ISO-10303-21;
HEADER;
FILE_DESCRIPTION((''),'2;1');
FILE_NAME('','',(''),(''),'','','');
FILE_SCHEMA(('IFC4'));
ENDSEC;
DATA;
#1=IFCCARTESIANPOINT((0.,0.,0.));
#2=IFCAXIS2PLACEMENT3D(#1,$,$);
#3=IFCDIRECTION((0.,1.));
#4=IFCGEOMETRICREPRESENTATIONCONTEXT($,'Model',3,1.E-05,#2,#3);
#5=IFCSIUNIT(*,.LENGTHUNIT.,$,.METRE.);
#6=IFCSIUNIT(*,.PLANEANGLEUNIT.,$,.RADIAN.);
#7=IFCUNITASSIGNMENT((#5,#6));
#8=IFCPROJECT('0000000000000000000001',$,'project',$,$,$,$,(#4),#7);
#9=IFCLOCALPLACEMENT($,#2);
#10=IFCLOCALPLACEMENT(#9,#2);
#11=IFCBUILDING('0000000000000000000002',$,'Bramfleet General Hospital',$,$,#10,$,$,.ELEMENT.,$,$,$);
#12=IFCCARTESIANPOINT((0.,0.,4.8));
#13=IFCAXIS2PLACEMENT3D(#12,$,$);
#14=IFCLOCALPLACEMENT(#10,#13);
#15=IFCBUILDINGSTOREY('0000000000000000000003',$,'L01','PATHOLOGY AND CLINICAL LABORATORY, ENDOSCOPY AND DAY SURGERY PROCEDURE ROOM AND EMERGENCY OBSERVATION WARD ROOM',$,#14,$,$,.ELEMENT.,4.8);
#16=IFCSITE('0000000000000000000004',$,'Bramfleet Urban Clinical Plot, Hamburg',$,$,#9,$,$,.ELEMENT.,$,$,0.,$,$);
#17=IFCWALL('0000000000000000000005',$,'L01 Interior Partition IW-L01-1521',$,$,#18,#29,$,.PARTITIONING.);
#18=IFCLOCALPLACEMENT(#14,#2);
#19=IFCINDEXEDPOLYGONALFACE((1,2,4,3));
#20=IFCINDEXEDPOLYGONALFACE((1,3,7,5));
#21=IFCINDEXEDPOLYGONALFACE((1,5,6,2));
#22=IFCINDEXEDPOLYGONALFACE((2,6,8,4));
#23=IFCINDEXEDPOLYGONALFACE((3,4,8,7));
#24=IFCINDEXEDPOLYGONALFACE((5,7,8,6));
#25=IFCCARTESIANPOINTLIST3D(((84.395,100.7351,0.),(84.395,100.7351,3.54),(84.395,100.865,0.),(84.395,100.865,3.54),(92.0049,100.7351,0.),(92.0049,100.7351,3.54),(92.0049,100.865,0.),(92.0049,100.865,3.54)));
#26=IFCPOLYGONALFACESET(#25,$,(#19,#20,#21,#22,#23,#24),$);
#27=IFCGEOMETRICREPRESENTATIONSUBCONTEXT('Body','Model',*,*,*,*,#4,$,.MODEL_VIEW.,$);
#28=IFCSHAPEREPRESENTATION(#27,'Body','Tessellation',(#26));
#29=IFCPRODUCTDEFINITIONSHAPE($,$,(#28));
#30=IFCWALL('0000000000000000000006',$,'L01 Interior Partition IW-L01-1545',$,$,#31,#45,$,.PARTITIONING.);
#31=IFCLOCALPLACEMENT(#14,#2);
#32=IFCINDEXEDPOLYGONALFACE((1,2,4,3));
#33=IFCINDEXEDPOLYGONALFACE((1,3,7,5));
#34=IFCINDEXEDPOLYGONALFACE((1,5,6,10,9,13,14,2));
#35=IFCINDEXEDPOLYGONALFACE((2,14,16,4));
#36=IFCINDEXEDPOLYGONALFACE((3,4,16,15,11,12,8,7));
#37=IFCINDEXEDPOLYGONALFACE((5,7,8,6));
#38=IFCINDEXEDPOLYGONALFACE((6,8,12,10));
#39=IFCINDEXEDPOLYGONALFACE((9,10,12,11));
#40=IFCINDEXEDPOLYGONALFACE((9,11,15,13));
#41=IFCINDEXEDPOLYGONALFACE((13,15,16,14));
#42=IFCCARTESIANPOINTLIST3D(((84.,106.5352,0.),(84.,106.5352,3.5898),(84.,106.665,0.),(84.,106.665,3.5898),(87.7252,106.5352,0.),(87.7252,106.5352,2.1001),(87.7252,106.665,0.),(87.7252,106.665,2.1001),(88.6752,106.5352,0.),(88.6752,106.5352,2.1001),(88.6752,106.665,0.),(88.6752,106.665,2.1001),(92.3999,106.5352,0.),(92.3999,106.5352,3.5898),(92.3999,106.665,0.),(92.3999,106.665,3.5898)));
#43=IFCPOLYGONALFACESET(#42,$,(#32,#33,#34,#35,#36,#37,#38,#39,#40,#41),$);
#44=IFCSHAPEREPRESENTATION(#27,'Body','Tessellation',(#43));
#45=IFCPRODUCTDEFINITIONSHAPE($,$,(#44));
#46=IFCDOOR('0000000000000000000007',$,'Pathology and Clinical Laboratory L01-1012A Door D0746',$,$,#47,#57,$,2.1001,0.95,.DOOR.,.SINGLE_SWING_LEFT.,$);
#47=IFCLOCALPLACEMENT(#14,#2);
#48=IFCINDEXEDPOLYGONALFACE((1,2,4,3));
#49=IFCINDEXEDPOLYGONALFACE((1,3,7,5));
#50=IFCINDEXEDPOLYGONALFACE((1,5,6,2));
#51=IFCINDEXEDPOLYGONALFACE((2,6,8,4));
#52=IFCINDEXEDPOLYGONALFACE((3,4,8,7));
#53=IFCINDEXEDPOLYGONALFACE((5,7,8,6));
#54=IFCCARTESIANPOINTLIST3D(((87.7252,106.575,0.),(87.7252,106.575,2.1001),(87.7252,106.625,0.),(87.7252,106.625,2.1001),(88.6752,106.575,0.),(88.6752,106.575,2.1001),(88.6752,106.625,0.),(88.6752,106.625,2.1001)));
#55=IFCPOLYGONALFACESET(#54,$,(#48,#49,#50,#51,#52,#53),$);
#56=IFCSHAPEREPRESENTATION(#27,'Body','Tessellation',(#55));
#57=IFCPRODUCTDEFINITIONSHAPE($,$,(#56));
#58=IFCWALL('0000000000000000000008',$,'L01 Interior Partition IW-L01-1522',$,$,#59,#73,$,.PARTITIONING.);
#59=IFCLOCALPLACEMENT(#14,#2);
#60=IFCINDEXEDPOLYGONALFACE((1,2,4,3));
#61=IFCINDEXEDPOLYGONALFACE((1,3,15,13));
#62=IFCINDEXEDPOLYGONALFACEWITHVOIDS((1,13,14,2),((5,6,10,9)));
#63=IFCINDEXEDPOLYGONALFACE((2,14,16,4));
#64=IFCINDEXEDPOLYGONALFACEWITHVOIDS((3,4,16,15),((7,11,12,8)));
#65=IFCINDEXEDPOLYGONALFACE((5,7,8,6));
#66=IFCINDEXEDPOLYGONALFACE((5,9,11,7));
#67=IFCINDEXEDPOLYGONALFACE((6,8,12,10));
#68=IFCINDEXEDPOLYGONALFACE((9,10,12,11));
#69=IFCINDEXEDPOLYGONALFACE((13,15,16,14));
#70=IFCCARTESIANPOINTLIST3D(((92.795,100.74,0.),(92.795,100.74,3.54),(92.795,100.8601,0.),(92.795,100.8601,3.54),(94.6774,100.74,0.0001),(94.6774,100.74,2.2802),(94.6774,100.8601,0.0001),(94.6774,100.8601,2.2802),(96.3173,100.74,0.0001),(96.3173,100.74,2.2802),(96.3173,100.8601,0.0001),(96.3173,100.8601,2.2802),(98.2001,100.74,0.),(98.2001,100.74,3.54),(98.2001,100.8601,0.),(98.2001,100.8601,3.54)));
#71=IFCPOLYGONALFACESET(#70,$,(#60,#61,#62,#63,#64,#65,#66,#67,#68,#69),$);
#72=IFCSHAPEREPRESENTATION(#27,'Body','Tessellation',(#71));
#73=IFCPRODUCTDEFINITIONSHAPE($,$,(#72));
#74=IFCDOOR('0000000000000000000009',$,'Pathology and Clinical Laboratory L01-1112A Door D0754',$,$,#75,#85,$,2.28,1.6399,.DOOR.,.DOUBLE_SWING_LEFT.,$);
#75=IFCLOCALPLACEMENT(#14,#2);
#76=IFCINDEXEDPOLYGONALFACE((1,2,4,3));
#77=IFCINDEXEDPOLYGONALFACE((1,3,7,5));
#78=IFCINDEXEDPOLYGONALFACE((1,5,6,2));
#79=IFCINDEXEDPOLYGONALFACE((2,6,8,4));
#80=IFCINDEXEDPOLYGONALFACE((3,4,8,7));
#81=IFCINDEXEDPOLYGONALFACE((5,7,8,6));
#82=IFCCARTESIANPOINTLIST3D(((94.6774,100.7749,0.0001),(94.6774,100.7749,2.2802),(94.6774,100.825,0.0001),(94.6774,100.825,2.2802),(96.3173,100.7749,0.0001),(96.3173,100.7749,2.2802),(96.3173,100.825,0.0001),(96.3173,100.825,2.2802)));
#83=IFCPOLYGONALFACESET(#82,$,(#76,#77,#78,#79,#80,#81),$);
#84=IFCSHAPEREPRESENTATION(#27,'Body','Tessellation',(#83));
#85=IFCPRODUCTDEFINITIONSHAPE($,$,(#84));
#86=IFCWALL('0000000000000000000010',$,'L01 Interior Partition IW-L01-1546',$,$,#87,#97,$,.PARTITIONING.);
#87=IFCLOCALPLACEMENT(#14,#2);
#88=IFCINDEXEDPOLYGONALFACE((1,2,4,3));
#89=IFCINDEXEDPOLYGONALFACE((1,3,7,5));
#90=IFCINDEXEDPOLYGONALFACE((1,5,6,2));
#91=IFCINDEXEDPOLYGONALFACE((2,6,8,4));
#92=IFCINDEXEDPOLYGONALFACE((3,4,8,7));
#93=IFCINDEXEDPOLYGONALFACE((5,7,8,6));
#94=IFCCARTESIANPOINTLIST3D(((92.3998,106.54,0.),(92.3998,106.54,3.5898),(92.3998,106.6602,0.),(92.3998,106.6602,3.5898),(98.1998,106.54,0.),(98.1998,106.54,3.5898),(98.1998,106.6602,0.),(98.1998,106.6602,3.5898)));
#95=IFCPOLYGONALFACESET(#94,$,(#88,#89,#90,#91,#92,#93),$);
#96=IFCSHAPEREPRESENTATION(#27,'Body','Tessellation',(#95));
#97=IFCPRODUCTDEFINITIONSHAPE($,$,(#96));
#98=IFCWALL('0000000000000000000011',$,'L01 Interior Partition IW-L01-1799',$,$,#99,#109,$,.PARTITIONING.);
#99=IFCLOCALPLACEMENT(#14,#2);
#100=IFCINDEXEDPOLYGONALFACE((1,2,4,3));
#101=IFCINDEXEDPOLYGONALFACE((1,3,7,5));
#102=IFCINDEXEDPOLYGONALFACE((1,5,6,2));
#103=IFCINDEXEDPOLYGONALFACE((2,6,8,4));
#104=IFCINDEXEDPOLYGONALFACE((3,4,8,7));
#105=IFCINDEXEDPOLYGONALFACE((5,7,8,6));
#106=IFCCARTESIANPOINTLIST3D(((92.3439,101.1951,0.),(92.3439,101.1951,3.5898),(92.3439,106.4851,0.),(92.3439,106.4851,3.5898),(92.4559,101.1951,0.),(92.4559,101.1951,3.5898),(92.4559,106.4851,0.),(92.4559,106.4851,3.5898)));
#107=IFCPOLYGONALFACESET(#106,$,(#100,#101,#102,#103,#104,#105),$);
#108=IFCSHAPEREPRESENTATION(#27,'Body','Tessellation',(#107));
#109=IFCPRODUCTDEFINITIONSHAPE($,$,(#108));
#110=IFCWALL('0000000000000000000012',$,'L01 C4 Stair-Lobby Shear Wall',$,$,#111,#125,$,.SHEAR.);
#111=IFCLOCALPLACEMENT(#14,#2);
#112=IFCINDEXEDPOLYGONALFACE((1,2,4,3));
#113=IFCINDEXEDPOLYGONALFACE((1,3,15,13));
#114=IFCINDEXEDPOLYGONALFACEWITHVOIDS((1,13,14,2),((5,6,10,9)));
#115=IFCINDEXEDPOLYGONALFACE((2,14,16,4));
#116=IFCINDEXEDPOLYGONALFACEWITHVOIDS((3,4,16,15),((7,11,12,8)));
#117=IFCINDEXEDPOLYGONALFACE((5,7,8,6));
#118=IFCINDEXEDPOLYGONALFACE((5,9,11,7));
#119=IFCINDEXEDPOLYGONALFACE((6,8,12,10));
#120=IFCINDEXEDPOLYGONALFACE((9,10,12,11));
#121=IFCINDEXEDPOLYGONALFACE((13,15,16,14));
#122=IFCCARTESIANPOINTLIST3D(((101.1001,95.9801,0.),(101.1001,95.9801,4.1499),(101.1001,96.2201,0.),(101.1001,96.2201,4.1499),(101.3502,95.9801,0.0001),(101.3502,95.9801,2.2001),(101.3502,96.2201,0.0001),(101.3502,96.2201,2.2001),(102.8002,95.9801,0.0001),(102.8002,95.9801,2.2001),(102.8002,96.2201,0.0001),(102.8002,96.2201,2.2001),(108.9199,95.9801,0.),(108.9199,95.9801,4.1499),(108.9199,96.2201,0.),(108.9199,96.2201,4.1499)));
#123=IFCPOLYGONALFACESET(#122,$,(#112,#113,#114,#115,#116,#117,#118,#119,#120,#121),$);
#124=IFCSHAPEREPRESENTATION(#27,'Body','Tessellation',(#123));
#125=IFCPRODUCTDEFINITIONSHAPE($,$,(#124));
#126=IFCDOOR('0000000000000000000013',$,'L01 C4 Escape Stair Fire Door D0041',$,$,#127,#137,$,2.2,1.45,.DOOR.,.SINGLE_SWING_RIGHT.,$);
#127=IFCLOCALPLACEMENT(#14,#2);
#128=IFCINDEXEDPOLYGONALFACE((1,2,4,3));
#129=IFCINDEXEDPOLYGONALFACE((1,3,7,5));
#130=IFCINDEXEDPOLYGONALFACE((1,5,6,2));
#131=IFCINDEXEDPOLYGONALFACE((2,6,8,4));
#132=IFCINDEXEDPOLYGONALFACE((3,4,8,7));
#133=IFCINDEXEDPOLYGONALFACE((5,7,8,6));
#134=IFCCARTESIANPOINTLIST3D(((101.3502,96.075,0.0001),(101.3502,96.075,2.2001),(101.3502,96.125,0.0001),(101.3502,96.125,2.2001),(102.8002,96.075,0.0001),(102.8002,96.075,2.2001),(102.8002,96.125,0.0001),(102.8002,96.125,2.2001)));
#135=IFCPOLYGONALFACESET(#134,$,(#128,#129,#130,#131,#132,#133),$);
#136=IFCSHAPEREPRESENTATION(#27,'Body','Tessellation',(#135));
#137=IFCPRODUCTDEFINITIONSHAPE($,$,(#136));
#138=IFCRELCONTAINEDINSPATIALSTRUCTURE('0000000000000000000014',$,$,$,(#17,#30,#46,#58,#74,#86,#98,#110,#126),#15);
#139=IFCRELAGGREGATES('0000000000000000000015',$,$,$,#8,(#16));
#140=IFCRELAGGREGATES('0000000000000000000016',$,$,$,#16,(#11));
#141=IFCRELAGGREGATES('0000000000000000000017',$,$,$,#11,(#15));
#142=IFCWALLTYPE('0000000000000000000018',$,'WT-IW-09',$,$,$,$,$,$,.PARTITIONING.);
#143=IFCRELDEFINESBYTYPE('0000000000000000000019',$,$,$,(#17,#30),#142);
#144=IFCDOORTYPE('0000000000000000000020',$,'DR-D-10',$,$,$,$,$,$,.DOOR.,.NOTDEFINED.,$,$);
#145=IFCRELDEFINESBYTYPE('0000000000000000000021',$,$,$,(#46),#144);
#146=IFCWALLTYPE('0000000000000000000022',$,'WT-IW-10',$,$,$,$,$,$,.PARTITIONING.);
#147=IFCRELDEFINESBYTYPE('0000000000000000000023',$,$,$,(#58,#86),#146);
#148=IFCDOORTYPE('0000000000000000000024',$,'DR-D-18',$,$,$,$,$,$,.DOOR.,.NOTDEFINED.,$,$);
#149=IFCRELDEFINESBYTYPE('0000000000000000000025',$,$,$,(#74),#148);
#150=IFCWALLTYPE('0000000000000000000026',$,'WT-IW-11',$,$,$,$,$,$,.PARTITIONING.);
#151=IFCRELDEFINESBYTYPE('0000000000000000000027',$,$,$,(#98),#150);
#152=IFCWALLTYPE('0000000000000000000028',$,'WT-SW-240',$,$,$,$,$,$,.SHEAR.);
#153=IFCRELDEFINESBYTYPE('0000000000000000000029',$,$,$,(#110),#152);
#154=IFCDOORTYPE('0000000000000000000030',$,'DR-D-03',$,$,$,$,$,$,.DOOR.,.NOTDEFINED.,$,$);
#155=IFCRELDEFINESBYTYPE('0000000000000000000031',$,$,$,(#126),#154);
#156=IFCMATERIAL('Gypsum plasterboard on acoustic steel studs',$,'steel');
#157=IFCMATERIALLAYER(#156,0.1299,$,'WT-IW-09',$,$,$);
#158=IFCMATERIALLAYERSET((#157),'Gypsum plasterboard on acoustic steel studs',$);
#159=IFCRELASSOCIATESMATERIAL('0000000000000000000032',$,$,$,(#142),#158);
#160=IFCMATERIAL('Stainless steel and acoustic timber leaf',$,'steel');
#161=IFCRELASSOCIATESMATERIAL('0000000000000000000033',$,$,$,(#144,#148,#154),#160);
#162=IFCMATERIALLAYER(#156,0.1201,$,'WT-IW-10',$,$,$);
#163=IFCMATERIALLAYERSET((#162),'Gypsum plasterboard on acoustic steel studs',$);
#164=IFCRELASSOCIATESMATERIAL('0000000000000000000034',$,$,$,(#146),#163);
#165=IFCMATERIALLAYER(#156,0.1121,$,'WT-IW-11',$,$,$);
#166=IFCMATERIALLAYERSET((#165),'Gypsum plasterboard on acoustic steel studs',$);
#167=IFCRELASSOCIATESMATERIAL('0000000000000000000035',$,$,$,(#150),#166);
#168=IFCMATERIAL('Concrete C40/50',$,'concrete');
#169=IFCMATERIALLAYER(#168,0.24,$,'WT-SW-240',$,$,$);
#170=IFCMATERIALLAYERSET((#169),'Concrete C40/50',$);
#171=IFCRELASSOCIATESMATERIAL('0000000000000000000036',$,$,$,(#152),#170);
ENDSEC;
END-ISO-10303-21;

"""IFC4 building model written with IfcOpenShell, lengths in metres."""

from ifc_helpers import new_model, si_unit, direction, frame, frame_2d, origin, place, context, subcontext, project, spatial, rectangle, extrude, material, layer, layer_set, type_object, element, fill, save


model = new_model("IFC4")

# Units and contexts
model_context = context("Model", 3, precision=1e-05, world=origin(), true_north=direction((0.0, 1.0)))
body_context = subcontext(model_context, "Body", "Model", "MODEL_VIEW")
ifc_project = project(units=[si_unit("LENGTHUNIT", "METRE"), si_unit("PLANEANGLEUNIT", "RADIAN")], contexts=[model_context])

# Site, building, storey
site_placement = place(None, origin())
site = spatial("IfcSite", under=ifc_project, at=site_placement, Name="Bramfleet Urban Clinical Plot, Hamburg", CompositionType="ELEMENT", RefElevation=0.0)
building_placement = place(site_placement, origin())
building = spatial("IfcBuilding", under=site, at=building_placement, Name="Bramfleet General Hospital", CompositionType="ELEMENT")
storey_placement = place(building_placement, frame((0.0, 0.0, 4.8)))
storey = spatial("IfcBuildingStorey", under=building, at=storey_placement, Name="L01", Description="PATHOLOGY AND CLINICAL LABORATORY, ENDOSCOPY AND DAY SURGERY PROCEDURE ROOM AND EMERGENCY OBSERVATION WARD ROOM", CompositionType="ELEMENT", Elevation=4.8)

# Shared definitions
ifc_material_1 = material(Name="Concrete C40/50", Category="concrete")

# Shared definitions
ifc_material_2 = material(Name="Stainless steel and acoustic timber leaf", Category="steel")

# Wall
ifc_material_3 = material(Name="Gypsum plasterboard on acoustic steel studs", Category="steel")
ifc_layer_1 = layer(ifc_material_3, 0.1299, Name="WT-IW-09")
ifc_layer_set_1 = layer_set([ifc_layer_1], Name="Gypsum plasterboard on acoustic steel studs")
wall_type_1 = type_object("IfcWallType", Name="WT-IW-09", PredefinedType="PARTITIONING", material=ifc_layer_set_1)
wall_1_placement = place(storey_placement, frame((84.395, 100.8, 0.0), z_axis=(0.0, 0.0, 1.0), x_axis=(1.0, 0.0, 0.0)))
element("IfcWall", 1, at=wall_1_placement, inside=storey, type_object=wall_type_1, Name="L01 Interior Partition IW-L01-1521", PredefinedType="PARTITIONING", context=body_context, shape_type="SweptSolid", body=[
    extrude(rectangle(XDim=7.6099, YDim=0.1299, at=frame_2d((3.8049, 0.0))), origin(), (0.0, 0.0, 1.0), 3.54),
])

# Walls, openings, doors
wall_2_placement = place(storey_placement, frame((84.0, 106.6001, 0.0), z_axis=(0.0, 0.0, 1.0), x_axis=(1.0, 0.0, 0.0)))
wall_2 = element("IfcWall", 2, at=wall_2_placement, inside=storey, type_object=wall_type_1, Name="L01 Interior Partition IW-L01-1545", PredefinedType="PARTITIONING", context=body_context, shape_type="SweptSolid", body=[
    extrude(rectangle(XDim=8.3999, YDim=0.1299, at=frame_2d((4.2, 0.0))), origin(), (0.0, 0.0, 1.0), 3.5898),
])
opening_1_placement = place(wall_2_placement, frame((3.7251, 0.0, 0.0)))
opening_1 = element("IfcOpeningElement", 3, at=opening_1_placement, cuts=wall_2, PredefinedType="OPENING", context=body_context, shape_type="SweptSolid", body=[
    extrude(rectangle(XDim=0.95, YDim=2.1001, at=frame_2d((0.4751, 1.05))), frame((0.0, 0.075, 0.0), z_axis=(0.0, -1.0, 0.0), x_axis=(1.0, 0.0, 0.0)), (0.0, 0.0, 1.0), 0.1499),
])
door_type_1 = type_object("IfcDoorType", Name="DR-D-10", OperationType="NOTDEFINED", PredefinedType="DOOR", material=ifc_material_2)
door_1_placement = place(opening_1_placement, origin())
door_1 = element("IfcDoor", 4, at=door_1_placement, inside=storey, type_object=door_type_1, Name="Pathology and Clinical Laboratory L01-1012A Door D0746", OperationType="SINGLE_SWING_LEFT", OverallHeight=2.1001, OverallWidth=0.95, PredefinedType="DOOR", context=body_context, shape_type="SweptSolid", body=[
    extrude(rectangle(XDim=0.95, YDim=2.1001, at=frame_2d((0.4751, 1.05))), frame((0.0, 0.0249, 0.0), z_axis=(0.0, -1.0, 0.0), x_axis=(1.0, 0.0, 0.0)), (0.0, 0.0, 1.0), 0.05),
])
fill(opening_1, door_1)
ifc_layer_2 = layer(ifc_material_3, 0.1201, Name="WT-IW-10")
ifc_layer_set_2 = layer_set([ifc_layer_2], Name="Gypsum plasterboard on acoustic steel studs")
wall_type_2 = type_object("IfcWallType", Name="WT-IW-10", PredefinedType="PARTITIONING", material=ifc_layer_set_2)
wall_3_placement = place(storey_placement, frame((92.7949, 100.8, 0.0), z_axis=(0.0, 0.0, 1.0), x_axis=(1.0, 0.0, 0.0)))
wall_3 = element("IfcWall", 5, at=wall_3_placement, inside=storey, type_object=wall_type_2, Name="L01 Interior Partition IW-L01-1522", PredefinedType="PARTITIONING", context=body_context, shape_type="SweptSolid", body=[
    extrude(rectangle(XDim=5.405, YDim=0.1201, at=frame_2d((2.7026, 0.0))), origin(), (0.0, 0.0, 1.0), 3.54),
])
opening_2_placement = place(wall_3_placement, frame((1.8826, 0.0, 0.0)))
opening_2 = element("IfcOpeningElement", 6, at=opening_2_placement, cuts=wall_3, PredefinedType="OPENING", context=body_context, shape_type="SweptSolid", body=[
    extrude(rectangle(XDim=1.6399, YDim=2.28, at=frame_2d((0.8198, 1.1401))), frame((0.0, 0.0701, 0.0), z_axis=(0.0, -1.0, 0.0), x_axis=(1.0, 0.0, 0.0)), (0.0, 0.0, 1.0), 0.1401),
])
door_type_2 = type_object("IfcDoorType", Name="DR-D-18", OperationType="NOTDEFINED", PredefinedType="DOOR", material=ifc_material_2)
door_2_placement = place(opening_2_placement, origin())
door_2 = element("IfcDoor", 7, at=door_2_placement, inside=storey, type_object=door_type_2, Name="Pathology and Clinical Laboratory L01-1112A Door D0754", OperationType="DOUBLE_SWING_LEFT", OverallHeight=2.28, OverallWidth=1.6399, PredefinedType="DOOR", context=body_context, shape_type="SweptSolid", body=[
    extrude(rectangle(XDim=1.6399, YDim=2.28, at=frame_2d((0.8198, 1.1401))), frame((0.0, 0.0249, 0.0), z_axis=(0.0, -1.0, 0.0), x_axis=(1.0, 0.0, 0.0)), (0.0, 0.0, 1.0), 0.05),
])
fill(opening_2, door_2)

# Walls
wall_4_placement = place(storey_placement, frame((92.3999, 106.6001, 0.0), z_axis=(0.0, 0.0, 1.0), x_axis=(1.0, 0.0, 0.0)))
element("IfcWall", 8, at=wall_4_placement, inside=storey, type_object=wall_type_2, Name="L01 Interior Partition IW-L01-1546", PredefinedType="PARTITIONING", context=body_context, shape_type="SweptSolid", body=[
    extrude(rectangle(XDim=5.8, YDim=0.1201, at=frame_2d((2.8999, 0.0))), origin(), (0.0, 0.0, 1.0), 3.5898),
])
ifc_layer_3 = layer(ifc_material_3, 0.1121, Name="WT-IW-11")
ifc_layer_set_3 = layer_set([ifc_layer_3], Name="Gypsum plasterboard on acoustic steel studs")
wall_type_3 = type_object("IfcWallType", Name="WT-IW-11", PredefinedType="PARTITIONING", material=ifc_layer_set_3)
wall_5_placement = place(storey_placement, frame((92.3999, 101.1951, 0.0), z_axis=(0.0, 0.0, 1.0), x_axis=(0.0, 1.0, 0.0)))
element("IfcWall", 9, at=wall_5_placement, inside=storey, type_object=wall_type_3, Name="L01 Interior Partition IW-L01-1799", PredefinedType="PARTITIONING", context=body_context, shape_type="SweptSolid", body=[
    extrude(rectangle(XDim=5.29, YDim=0.1121, at=frame_2d((2.645, 0.0))), origin(), (0.0, 0.0, 1.0), 3.5898),
])

# Wall, opening, door
ifc_layer_4 = layer(ifc_material_1, 0.24, Name="WT-SW-240")
ifc_layer_set_4 = layer_set([ifc_layer_4], Name="Concrete C40/50")
wall_type_4 = type_object("IfcWallType", Name="WT-SW-240", PredefinedType="SHEAR", material=ifc_layer_set_4)
wall_6_placement = place(storey_placement, frame((101.1001, 96.1001, 0.0), z_axis=(0.0, 0.0, 1.0), x_axis=(1.0, 0.0, 0.0)))
wall_6 = element("IfcWall", 10, at=wall_6_placement, inside=storey, type_object=wall_type_4, Name="L01 C4 Stair-Lobby Shear Wall", PredefinedType="SHEAR", context=body_context, shape_type="SweptSolid", body=[
    extrude(rectangle(XDim=7.8198, YDim=0.24, at=frame_2d((3.9099, 0.0))), origin(), (0.0, 0.0, 1.0), 4.1499),
])
opening_3_placement = place(wall_6_placement, frame((0.25, 0.0, 0.0)))
opening_3 = element("IfcOpeningElement", 11, at=opening_3_placement, cuts=wall_6, PredefinedType="OPENING", context=body_context, shape_type="SweptSolid", body=[
    extrude(rectangle(XDim=1.45, YDim=2.2, at=frame_2d((0.7251, 1.1001))), frame((0.0, 0.1299, 0.0), z_axis=(0.0, -1.0, 0.0), x_axis=(1.0, 0.0, 0.0)), (0.0, 0.0, 1.0), 0.26),
])
door_type_3 = type_object("IfcDoorType", Name="DR-D-03", OperationType="NOTDEFINED", PredefinedType="DOOR", material=ifc_material_2)
door_3_placement = place(opening_3_placement, origin())
door_3 = element("IfcDoor", 12, at=door_3_placement, inside=storey, type_object=door_type_3, Name="L01 C4 Escape Stair Fire Door D0041", OperationType="SINGLE_SWING_RIGHT", OverallHeight=2.2, OverallWidth=1.45, PredefinedType="DOOR", context=body_context, shape_type="SweptSolid", body=[
    extrude(rectangle(XDim=1.45, YDim=2.2, at=frame_2d((0.7251, 1.1001))), frame((0.0, 0.0249, 0.0), z_axis=(0.0, -1.0, 0.0), x_axis=(1.0, 0.0, 0.0)), (0.0, 0.0, 1.0), 0.05),
])
fill(opening_3, door_3)

save(model, "model.ifc")
